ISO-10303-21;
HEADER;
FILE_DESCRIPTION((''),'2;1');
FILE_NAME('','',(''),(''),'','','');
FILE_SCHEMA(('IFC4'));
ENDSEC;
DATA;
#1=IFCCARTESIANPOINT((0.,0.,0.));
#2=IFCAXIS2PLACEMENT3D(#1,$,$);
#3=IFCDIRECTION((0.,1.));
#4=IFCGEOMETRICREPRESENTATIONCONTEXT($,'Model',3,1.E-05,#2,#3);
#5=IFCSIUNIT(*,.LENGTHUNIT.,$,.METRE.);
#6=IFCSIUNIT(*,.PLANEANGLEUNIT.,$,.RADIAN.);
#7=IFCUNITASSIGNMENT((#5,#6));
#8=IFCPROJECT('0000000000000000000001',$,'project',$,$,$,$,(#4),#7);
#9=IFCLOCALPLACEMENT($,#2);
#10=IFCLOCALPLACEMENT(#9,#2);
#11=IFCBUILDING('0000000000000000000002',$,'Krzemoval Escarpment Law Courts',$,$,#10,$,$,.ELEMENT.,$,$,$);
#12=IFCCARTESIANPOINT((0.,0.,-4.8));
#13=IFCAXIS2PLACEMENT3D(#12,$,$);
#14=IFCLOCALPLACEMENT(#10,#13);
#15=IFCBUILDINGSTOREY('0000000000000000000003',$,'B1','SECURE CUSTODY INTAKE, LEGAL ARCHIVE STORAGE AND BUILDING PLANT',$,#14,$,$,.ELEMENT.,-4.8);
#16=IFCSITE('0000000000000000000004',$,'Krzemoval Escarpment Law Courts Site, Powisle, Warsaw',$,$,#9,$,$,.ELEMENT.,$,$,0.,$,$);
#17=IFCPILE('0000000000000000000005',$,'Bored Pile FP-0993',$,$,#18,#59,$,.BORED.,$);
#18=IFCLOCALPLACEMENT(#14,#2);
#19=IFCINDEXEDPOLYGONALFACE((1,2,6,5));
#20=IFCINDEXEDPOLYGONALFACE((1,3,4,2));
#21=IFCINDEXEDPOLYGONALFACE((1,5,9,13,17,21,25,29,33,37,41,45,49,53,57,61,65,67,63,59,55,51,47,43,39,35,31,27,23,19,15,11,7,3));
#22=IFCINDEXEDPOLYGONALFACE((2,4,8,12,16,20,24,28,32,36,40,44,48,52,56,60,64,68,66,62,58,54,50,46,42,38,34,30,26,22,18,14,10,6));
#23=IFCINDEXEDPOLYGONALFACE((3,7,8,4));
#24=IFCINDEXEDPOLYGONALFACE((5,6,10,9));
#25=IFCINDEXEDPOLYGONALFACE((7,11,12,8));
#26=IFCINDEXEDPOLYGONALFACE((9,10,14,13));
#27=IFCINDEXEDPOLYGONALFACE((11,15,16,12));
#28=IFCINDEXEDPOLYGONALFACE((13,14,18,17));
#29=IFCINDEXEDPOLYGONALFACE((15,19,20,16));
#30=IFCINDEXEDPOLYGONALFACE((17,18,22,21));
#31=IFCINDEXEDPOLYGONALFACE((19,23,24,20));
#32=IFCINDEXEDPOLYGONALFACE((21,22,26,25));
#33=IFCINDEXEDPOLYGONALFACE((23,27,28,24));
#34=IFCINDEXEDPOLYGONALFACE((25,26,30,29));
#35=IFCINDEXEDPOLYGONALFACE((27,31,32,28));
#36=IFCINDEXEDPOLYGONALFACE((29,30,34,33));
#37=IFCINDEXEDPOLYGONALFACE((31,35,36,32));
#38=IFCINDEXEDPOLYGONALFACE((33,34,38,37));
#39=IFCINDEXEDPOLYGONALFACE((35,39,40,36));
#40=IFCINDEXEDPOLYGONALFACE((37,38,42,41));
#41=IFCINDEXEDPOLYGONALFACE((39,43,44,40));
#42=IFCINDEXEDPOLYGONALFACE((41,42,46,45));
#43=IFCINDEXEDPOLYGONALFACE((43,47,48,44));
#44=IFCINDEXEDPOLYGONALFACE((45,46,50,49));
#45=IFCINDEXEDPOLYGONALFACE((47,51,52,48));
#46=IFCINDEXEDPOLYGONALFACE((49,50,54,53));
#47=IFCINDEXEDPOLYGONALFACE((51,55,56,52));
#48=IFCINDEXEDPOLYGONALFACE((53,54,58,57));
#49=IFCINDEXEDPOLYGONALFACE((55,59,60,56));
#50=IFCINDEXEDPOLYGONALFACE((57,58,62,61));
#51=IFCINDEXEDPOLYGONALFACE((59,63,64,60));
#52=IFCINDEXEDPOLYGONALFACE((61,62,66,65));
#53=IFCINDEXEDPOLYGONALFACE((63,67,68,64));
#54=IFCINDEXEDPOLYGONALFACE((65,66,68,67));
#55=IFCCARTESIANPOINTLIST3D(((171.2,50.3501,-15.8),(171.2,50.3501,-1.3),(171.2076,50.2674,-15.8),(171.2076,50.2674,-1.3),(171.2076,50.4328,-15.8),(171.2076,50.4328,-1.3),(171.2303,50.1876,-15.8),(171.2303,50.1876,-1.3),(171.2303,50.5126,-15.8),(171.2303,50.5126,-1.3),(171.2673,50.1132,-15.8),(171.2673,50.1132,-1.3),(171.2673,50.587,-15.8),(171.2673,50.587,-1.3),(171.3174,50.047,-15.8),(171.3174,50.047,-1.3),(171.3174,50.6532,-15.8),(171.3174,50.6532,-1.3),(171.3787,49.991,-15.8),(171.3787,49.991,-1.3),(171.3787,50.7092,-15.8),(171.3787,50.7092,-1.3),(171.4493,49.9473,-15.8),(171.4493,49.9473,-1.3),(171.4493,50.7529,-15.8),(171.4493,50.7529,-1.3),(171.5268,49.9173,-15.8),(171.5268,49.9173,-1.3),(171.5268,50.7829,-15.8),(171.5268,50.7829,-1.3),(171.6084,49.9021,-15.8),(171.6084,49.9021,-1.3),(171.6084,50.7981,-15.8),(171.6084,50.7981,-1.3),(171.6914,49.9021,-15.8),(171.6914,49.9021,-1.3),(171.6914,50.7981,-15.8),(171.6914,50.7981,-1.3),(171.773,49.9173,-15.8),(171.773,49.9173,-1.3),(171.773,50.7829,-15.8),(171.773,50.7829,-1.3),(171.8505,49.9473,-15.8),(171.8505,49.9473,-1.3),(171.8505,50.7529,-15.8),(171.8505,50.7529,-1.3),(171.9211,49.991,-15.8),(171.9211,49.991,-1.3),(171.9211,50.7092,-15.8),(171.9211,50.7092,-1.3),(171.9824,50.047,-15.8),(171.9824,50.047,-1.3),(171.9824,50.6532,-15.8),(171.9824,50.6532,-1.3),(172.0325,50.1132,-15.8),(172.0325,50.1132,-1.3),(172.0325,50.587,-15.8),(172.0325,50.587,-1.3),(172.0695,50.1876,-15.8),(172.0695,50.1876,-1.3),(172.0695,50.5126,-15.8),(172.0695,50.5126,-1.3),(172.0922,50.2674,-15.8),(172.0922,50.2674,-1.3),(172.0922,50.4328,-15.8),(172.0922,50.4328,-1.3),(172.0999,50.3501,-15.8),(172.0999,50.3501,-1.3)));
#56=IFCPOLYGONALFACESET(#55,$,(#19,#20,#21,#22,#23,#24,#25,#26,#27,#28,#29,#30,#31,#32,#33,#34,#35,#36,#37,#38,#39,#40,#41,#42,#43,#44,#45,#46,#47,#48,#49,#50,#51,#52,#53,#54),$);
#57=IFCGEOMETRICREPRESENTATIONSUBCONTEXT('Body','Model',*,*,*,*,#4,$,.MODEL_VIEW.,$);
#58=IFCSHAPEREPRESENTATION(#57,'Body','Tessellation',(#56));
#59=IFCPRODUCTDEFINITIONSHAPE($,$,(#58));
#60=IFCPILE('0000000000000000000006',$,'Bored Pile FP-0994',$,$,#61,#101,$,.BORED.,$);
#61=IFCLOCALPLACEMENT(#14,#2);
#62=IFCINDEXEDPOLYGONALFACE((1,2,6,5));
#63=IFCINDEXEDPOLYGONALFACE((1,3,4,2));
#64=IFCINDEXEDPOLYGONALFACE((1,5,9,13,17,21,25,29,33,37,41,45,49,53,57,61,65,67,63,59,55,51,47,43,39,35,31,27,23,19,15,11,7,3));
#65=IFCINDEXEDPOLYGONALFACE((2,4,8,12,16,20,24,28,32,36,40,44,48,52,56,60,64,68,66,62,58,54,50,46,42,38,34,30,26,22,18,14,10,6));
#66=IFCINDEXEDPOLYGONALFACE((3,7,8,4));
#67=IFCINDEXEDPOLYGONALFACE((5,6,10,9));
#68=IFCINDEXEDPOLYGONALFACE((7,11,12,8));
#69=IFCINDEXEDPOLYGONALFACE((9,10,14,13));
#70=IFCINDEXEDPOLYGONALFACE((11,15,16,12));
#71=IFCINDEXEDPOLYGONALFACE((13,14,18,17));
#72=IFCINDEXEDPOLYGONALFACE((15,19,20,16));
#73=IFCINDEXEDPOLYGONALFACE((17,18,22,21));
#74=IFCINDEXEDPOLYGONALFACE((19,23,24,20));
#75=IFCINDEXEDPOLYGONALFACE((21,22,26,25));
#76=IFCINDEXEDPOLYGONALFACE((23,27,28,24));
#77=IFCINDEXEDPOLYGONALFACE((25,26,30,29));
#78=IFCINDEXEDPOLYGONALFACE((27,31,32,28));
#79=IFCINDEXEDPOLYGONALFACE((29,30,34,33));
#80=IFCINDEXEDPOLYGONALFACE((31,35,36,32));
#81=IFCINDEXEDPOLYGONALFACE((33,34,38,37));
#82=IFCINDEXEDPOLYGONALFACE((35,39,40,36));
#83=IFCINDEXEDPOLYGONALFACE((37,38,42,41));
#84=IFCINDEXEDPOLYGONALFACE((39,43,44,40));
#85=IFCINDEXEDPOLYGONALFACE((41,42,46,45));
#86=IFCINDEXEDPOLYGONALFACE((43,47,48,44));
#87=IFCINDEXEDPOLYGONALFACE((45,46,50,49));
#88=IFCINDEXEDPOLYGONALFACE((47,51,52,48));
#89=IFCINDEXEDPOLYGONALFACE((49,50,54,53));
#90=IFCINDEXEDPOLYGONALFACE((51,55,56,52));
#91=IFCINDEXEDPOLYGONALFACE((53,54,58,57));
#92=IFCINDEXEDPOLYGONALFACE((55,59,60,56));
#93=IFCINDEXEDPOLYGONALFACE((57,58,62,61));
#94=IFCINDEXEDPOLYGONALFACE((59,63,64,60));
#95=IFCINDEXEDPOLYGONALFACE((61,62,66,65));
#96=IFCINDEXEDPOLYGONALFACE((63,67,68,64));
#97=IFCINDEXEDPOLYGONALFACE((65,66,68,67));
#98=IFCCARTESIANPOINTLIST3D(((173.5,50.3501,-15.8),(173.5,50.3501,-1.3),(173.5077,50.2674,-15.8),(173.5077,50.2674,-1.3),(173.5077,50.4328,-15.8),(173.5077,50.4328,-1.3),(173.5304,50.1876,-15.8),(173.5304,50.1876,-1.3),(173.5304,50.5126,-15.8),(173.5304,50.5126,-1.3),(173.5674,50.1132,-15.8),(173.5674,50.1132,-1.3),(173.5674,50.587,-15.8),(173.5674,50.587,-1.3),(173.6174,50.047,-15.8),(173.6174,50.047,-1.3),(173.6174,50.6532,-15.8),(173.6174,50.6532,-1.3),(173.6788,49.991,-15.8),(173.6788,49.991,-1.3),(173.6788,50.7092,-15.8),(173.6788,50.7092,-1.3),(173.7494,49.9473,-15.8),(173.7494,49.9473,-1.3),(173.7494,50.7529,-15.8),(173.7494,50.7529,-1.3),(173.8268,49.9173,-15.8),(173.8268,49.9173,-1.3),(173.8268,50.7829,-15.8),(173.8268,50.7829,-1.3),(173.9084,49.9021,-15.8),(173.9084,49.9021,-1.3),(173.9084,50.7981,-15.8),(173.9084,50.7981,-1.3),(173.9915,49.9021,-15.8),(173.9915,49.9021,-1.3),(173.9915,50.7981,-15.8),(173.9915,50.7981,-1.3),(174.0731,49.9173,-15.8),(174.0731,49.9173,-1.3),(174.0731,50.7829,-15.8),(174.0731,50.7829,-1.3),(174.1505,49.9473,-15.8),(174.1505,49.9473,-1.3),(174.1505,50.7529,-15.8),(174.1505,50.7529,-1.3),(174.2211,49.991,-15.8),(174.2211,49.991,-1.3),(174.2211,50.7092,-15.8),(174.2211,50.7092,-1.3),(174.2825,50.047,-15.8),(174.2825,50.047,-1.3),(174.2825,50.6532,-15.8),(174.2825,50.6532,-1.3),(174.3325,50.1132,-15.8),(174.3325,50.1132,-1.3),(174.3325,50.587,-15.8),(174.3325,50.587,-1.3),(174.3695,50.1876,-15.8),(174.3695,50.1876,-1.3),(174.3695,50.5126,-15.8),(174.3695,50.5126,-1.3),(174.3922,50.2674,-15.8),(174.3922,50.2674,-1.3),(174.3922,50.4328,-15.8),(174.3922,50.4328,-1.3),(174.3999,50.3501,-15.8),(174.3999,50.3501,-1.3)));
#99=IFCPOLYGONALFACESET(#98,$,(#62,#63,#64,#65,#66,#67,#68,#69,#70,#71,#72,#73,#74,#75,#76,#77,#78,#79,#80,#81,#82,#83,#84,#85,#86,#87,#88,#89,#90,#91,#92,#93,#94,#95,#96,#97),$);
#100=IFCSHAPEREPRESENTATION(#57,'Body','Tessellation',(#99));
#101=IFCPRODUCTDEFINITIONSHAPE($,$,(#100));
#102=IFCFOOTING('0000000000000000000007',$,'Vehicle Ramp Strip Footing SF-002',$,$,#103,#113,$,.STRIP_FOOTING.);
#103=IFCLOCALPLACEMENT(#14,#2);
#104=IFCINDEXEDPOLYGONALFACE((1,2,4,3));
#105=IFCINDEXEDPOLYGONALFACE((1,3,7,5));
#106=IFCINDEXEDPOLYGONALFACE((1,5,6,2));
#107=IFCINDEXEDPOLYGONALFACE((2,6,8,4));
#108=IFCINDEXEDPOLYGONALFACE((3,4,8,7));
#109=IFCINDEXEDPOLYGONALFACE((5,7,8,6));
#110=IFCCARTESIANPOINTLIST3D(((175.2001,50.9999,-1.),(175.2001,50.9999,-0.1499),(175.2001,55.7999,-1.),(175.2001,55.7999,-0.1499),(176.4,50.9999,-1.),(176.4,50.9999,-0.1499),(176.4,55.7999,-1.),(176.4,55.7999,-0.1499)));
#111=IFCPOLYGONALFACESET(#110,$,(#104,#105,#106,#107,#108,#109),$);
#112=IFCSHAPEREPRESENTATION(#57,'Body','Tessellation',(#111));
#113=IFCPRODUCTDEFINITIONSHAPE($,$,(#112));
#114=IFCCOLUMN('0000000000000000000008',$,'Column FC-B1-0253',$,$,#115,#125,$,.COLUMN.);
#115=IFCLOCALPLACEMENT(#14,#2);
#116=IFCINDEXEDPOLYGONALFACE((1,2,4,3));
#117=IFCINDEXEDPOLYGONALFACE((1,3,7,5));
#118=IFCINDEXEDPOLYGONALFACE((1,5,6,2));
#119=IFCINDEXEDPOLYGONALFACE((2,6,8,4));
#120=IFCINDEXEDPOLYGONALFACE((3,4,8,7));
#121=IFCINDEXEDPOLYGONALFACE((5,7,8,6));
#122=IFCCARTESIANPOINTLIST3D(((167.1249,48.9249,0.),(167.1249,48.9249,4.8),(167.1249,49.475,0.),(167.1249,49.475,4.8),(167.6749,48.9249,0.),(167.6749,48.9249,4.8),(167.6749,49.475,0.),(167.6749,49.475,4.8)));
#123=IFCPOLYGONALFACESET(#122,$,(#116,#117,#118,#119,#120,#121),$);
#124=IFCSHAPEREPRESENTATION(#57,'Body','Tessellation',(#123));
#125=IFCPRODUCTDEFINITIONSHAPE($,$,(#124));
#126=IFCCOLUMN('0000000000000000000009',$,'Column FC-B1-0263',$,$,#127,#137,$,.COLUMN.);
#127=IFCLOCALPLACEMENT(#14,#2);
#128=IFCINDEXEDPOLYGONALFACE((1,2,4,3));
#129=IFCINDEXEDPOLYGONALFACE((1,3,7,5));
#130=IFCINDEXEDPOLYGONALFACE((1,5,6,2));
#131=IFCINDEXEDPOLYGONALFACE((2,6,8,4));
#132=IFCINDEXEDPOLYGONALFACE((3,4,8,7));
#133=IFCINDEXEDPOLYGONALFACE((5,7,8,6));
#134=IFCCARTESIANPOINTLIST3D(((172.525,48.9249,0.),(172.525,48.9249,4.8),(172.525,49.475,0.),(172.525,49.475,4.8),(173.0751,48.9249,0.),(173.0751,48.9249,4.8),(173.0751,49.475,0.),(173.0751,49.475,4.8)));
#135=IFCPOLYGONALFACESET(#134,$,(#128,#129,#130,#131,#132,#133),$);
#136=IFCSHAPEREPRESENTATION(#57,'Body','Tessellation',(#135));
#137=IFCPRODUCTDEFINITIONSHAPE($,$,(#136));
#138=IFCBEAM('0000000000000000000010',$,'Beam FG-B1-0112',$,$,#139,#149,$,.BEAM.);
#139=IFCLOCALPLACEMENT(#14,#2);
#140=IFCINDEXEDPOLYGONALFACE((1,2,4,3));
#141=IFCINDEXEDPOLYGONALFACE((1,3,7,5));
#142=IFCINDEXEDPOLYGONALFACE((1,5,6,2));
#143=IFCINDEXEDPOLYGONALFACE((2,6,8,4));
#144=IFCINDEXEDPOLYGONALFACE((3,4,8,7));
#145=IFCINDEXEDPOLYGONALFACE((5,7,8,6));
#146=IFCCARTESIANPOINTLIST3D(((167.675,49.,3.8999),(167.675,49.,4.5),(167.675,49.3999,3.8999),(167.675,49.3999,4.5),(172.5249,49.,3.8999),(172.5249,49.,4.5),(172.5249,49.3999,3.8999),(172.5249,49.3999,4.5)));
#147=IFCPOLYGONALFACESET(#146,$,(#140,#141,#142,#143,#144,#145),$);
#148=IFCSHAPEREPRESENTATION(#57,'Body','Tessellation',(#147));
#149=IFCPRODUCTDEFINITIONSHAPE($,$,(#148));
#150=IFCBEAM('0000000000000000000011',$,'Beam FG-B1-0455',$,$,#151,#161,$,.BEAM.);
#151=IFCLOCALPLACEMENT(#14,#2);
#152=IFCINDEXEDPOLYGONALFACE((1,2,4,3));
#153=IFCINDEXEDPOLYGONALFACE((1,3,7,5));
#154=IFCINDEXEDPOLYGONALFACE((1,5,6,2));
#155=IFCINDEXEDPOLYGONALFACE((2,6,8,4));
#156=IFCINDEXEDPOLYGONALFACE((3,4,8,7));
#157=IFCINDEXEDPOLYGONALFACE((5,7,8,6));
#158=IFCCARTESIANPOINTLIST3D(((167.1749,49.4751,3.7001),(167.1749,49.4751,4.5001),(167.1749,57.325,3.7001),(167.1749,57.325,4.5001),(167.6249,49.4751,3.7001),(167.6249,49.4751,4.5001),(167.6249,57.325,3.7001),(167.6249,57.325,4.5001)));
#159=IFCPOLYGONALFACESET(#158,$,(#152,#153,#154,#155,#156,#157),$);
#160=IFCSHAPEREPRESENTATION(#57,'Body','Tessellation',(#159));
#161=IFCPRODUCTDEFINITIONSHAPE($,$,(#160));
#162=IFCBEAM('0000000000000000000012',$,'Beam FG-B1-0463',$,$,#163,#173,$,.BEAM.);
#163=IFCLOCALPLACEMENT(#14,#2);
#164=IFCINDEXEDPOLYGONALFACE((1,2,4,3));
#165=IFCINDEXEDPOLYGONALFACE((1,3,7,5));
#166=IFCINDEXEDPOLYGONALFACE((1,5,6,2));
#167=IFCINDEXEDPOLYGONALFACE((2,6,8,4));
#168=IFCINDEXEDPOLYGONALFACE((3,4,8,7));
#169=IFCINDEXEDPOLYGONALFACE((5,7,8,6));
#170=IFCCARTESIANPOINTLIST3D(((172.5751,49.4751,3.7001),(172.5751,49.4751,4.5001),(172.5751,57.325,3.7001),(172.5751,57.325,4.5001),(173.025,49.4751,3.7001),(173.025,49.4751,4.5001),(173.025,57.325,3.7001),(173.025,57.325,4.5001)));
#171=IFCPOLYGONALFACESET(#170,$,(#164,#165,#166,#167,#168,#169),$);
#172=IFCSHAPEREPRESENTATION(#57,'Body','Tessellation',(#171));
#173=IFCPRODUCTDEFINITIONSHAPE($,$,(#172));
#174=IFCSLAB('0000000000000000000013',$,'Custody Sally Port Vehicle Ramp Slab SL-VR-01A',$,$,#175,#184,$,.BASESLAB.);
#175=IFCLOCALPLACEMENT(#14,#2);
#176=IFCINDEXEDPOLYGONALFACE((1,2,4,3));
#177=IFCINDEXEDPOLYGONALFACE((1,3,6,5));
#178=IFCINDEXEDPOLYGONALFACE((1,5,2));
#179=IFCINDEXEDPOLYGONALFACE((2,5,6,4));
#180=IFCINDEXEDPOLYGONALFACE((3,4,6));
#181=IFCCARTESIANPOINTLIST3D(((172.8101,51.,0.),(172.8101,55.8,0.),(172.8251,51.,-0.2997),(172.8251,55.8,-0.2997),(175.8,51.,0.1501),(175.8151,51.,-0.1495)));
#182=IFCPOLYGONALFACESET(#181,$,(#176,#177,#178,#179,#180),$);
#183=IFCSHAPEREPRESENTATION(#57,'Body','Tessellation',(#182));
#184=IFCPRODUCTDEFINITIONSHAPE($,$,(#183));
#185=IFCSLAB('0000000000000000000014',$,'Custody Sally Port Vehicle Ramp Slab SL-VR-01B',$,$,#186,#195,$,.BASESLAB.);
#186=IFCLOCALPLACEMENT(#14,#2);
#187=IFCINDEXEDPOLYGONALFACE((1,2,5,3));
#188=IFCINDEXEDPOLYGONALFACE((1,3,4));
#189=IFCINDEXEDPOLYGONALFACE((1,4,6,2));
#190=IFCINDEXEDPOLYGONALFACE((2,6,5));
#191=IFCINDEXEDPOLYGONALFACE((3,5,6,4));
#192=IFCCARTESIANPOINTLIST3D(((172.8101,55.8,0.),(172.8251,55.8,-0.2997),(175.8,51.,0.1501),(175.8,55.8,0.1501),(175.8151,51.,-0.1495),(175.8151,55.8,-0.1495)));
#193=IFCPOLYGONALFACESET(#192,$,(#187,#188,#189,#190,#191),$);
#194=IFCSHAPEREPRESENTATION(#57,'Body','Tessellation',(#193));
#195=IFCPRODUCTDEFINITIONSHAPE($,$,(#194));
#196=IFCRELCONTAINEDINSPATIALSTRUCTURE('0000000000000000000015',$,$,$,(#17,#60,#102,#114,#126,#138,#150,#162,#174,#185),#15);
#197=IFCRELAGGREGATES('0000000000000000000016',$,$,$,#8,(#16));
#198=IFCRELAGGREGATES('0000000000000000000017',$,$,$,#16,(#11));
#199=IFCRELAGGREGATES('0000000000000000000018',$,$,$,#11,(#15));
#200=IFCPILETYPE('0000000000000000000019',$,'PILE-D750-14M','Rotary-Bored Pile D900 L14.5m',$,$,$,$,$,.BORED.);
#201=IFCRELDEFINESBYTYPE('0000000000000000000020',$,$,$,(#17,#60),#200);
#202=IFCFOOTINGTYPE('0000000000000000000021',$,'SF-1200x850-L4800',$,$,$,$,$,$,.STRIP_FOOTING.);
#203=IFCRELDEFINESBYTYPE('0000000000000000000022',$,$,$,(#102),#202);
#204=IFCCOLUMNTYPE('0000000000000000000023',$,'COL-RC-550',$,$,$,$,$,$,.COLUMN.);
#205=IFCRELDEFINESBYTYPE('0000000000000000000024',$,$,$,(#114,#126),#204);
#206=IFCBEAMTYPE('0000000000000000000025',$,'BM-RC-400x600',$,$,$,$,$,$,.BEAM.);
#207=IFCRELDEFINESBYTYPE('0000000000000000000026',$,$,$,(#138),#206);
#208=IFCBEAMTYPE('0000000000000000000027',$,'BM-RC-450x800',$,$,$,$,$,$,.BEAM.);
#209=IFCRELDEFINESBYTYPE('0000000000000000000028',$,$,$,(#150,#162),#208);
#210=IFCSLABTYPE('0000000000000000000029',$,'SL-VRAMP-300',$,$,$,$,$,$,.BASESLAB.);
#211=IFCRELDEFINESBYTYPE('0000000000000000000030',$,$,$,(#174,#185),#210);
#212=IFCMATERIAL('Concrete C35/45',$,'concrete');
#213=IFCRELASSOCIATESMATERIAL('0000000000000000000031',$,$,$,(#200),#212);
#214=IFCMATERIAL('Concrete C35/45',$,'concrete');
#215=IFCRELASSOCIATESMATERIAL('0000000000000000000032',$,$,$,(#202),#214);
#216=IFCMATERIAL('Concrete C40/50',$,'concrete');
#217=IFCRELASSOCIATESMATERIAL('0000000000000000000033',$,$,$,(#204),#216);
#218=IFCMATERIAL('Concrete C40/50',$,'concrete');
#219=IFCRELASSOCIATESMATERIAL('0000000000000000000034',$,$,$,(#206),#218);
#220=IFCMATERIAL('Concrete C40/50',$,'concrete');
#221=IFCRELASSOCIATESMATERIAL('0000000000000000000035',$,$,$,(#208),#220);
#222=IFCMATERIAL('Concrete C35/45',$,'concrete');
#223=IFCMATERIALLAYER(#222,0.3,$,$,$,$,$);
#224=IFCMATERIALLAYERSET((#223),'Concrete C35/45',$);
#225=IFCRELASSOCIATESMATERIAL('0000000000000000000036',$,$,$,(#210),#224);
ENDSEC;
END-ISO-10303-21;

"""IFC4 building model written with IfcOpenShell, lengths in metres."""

from ifc_helpers import new_model, si_unit, direction, frame, origin, origin_2d, place, context, subcontext, project, spatial, polyline, rectangle, circle, outline, extrude, material, layer, layer_set, material_profile, profile_set, type_object, element, save


model = new_model("IFC4")

# Units and contexts
model_context = context("Model", 3, precision=1e-05, world=origin(), true_north=direction((0.0, 1.0)))
body_context = subcontext(model_context, "Body", "Model", "MODEL_VIEW")
ifc_project = project(units=[si_unit("LENGTHUNIT", "METRE"), si_unit("PLANEANGLEUNIT", "RADIAN")], contexts=[model_context])

# Site, building, storey
site_placement = place(None, origin())
site = spatial("IfcSite", under=ifc_project, at=site_placement, Name="Krzemoval Escarpment Law Courts Site, Powisle, Warsaw", CompositionType="ELEMENT", RefElevation=0.0)
building_placement = place(site_placement, origin())
building = spatial("IfcBuilding", under=site, at=building_placement, Name="Krzemoval Escarpment Law Courts", CompositionType="ELEMENT")
storey_placement = place(building_placement, frame((0.0, 0.0, -4.8)))
storey = spatial("IfcBuildingStorey", under=building, at=storey_placement, Name="B1", Description="SECURE CUSTODY INTAKE, LEGAL ARCHIVE STORAGE AND BUILDING PLANT", CompositionType="ELEMENT", Elevation=-4.8)

# Piles
ifc_material_1 = material(Name="Concrete C35/45", Category="concrete")
ifc_material_profile_1 = material_profile(ifc_material_1, circle(Radius=0.45, at=origin_2d()), Name="PILE D900")
ifc_profile_set_1 = profile_set([ifc_material_profile_1], Name="Concrete C35/45")
pile_type = type_object("IfcPileType", Name="PILE-D750-14M", Description="Rotary-Bored Pile D900 L14.5m", PredefinedType="BORED", material=ifc_profile_set_1)
for number, where, z_axis, x_axis, name in (
    (1, (171.6499, 50.3501, -1.3), (0.0, 0.0, -1.0), (1.0, 0.0, 0.0), "Bored Pile FP-0993"),
    (2, (173.95, 50.3501, -1.3), (0.0, 0.0, -1.0), (1.0, 0.0, 0.0), "Bored Pile FP-0994"),
):
    element("IfcPile", number, at=place(storey_placement, frame(where, z_axis=z_axis, x_axis=x_axis)), inside=storey, type_object=pile_type, Name=name, PredefinedType="BORED", context=body_context, shape_type="SweptSolid", body=[
        extrude(circle(Radius=0.45, at=origin_2d()), origin(), (0.0, 0.0, 1.0), 14.5),
    ])

# Footing
ifc_material_2 = material(Name="Concrete C35/45", Category="concrete")
footing_type_1 = type_object("IfcFootingType", Name="SF-1200x850-L4800", PredefinedType="STRIP_FOOTING", material=ifc_material_2)
footing_1_placement = place(storey_placement, frame((175.8, 53.3999, -1.0), z_axis=(0.0, 0.0, 1.0), x_axis=(0.0, 1.0, 0.0)))
element("IfcFooting", 3, at=footing_1_placement, inside=storey, type_object=footing_type_1, Name="Vehicle Ramp Strip Footing SF-002", PredefinedType="STRIP_FOOTING", context=body_context, shape_type="SweptSolid", body=[
    extrude(rectangle(XDim=4.8, YDim=1.2, at=origin_2d()), origin(), (0.0, 0.0, 1.0), 0.8501),
])

# Columns
ifc_material_3 = material(Name="Concrete C40/50", Category="concrete")
ifc_material_profile_2 = material_profile(ifc_material_3, rectangle(XDim=0.55, YDim=0.55, at=origin_2d()), Name="RC 550x550")
ifc_profile_set_2 = profile_set([ifc_material_profile_2], Name="Concrete C40/50")
column_type = type_object("IfcColumnType", Name="COL-RC-550", PredefinedType="COLUMN", material=ifc_profile_set_2)
for number, where, z_axis, x_axis, name in (
    (4, (167.3999, 49.2, 0.0), (0.0, 0.0, 1.0), (1.0, 0.0, 0.0), "Column FC-B1-0253"),
    (5, (172.8, 49.2, 0.0), (0.0, 0.0, 1.0), (1.0, 0.0, 0.0), "Column FC-B1-0263"),
):
    element("IfcColumn", number, at=place(storey_placement, frame(where, z_axis=z_axis, x_axis=x_axis)), inside=storey, type_object=column_type, Name=name, PredefinedType="COLUMN", context=body_context, shape_type="SweptSolid", body=[
        extrude(rectangle(XDim=0.55, YDim=0.55, at=origin_2d()), origin(), (0.0, 0.0, 1.0), 4.8),
    ])

# Beams
ifc_material_4 = material(Name="Concrete C40/50", Category="concrete")
ifc_material_profile_3 = material_profile(ifc_material_4, rectangle(XDim=0.3999, YDim=0.6001, at=origin_2d()), Name="RCB 400x600")
ifc_profile_set_3 = profile_set([ifc_material_profile_3], Name="Concrete C40/50")
beam_type_1 = type_object("IfcBeamType", Name="BM-RC-400x600", PredefinedType="BEAM", material=ifc_profile_set_3)
beam_placement = place(storey_placement, frame((167.675, 49.2, 4.2), z_axis=(1.0, 0.0, 0.0), x_axis=(0.0, 1.0, 0.0)))
element("IfcBeam", 6, at=beam_placement, inside=storey, type_object=beam_type_1, Name="Beam FG-B1-0112", PredefinedType="BEAM", context=body_context, shape_type="SweptSolid", body=[
    extrude(rectangle(XDim=0.3999, YDim=0.6001, at=origin_2d()), origin(), (0.0, 0.0, 1.0), 4.8499),
])
ifc_material_5 = material(Name="Concrete C40/50", Category="concrete")
ifc_material_profile_4 = material_profile(ifc_material_5, rectangle(XDim=0.45, YDim=0.8, at=origin_2d()), Name="RCB 450x800")
ifc_profile_set_4 = profile_set([ifc_material_profile_4], Name="Concrete C40/50")
beam_type_2 = type_object("IfcBeamType", Name="BM-RC-450x800", PredefinedType="BEAM", material=ifc_profile_set_4)
for number, where, z_axis, x_axis, name in (
    (7, (167.3999, 49.4751, 4.1001), (0.0, 1.0, 0.0), (-1.0, 0.0, 0.0), "Beam FG-B1-0455"),
    (8, (172.8, 49.4751, 4.1001), (0.0, 1.0, 0.0), (-1.0, 0.0, 0.0), "Beam FG-B1-0463"),
):
    element("IfcBeam", number, at=place(storey_placement, frame(where, z_axis=z_axis, x_axis=x_axis)), inside=storey, type_object=beam_type_2, Name=name, PredefinedType="BEAM", context=body_context, shape_type="SweptSolid", body=[
        extrude(rectangle(XDim=0.45, YDim=0.8, at=origin_2d()), origin(), (0.0, 0.0, 1.0), 7.8499),
    ])

# Slabs
ifc_material_6 = material(Name="Concrete C35/45", Category="concrete")
ifc_layer_1 = layer(ifc_material_6, 0.3)
ifc_layer_set_1 = layer_set([ifc_layer_1], Name="Concrete C35/45")
slab_type = type_object("IfcSlabType", Name="SL-VRAMP-300", PredefinedType="BASESLAB", material=ifc_layer_set_1)
slab_1_placement = place(storey_placement, frame((175.8, 51.0, 0.1501), z_axis=(-0.050153, 0.0, 0.998742), x_axis=(-0.998742, 0.0, -0.050153)))
element("IfcSlab", 9, at=slab_1_placement, inside=storey, type_object=slab_type, Name="Custody Sally Port Vehicle Ramp Slab SL-VR-01A", PredefinedType="BASESLAB", context=body_context, shape_type="SweptSolid", body=[
    extrude(outline(polyline([(0.0, 0.0), (2.9938, 0.0), (2.9938, -4.8), (0.0, 0.0)])), origin(), (0.0, 0.0, -1.0), 0.3),
])
slab_2_placement = place(storey_placement, frame((175.8, 51.0, 0.1501), z_axis=(-0.050153, 0.0, 0.998742), x_axis=(-0.528535, 0.848496, -0.026541)))
element("IfcSlab", 10, at=slab_2_placement, inside=storey, type_object=slab_type, Name="Custody Sally Port Vehicle Ramp Slab SL-VR-01B", PredefinedType="BASESLAB", context=body_context, shape_type="SweptSolid", body=[
    extrude(outline(polyline([(0.0, 0.0), (5.6571, 0.0), (4.0728, -2.5402), (0.0, 0.0)])), origin(), (0.0, 0.0, -1.0), 0.3),
])

save(model, "model.ifc")
